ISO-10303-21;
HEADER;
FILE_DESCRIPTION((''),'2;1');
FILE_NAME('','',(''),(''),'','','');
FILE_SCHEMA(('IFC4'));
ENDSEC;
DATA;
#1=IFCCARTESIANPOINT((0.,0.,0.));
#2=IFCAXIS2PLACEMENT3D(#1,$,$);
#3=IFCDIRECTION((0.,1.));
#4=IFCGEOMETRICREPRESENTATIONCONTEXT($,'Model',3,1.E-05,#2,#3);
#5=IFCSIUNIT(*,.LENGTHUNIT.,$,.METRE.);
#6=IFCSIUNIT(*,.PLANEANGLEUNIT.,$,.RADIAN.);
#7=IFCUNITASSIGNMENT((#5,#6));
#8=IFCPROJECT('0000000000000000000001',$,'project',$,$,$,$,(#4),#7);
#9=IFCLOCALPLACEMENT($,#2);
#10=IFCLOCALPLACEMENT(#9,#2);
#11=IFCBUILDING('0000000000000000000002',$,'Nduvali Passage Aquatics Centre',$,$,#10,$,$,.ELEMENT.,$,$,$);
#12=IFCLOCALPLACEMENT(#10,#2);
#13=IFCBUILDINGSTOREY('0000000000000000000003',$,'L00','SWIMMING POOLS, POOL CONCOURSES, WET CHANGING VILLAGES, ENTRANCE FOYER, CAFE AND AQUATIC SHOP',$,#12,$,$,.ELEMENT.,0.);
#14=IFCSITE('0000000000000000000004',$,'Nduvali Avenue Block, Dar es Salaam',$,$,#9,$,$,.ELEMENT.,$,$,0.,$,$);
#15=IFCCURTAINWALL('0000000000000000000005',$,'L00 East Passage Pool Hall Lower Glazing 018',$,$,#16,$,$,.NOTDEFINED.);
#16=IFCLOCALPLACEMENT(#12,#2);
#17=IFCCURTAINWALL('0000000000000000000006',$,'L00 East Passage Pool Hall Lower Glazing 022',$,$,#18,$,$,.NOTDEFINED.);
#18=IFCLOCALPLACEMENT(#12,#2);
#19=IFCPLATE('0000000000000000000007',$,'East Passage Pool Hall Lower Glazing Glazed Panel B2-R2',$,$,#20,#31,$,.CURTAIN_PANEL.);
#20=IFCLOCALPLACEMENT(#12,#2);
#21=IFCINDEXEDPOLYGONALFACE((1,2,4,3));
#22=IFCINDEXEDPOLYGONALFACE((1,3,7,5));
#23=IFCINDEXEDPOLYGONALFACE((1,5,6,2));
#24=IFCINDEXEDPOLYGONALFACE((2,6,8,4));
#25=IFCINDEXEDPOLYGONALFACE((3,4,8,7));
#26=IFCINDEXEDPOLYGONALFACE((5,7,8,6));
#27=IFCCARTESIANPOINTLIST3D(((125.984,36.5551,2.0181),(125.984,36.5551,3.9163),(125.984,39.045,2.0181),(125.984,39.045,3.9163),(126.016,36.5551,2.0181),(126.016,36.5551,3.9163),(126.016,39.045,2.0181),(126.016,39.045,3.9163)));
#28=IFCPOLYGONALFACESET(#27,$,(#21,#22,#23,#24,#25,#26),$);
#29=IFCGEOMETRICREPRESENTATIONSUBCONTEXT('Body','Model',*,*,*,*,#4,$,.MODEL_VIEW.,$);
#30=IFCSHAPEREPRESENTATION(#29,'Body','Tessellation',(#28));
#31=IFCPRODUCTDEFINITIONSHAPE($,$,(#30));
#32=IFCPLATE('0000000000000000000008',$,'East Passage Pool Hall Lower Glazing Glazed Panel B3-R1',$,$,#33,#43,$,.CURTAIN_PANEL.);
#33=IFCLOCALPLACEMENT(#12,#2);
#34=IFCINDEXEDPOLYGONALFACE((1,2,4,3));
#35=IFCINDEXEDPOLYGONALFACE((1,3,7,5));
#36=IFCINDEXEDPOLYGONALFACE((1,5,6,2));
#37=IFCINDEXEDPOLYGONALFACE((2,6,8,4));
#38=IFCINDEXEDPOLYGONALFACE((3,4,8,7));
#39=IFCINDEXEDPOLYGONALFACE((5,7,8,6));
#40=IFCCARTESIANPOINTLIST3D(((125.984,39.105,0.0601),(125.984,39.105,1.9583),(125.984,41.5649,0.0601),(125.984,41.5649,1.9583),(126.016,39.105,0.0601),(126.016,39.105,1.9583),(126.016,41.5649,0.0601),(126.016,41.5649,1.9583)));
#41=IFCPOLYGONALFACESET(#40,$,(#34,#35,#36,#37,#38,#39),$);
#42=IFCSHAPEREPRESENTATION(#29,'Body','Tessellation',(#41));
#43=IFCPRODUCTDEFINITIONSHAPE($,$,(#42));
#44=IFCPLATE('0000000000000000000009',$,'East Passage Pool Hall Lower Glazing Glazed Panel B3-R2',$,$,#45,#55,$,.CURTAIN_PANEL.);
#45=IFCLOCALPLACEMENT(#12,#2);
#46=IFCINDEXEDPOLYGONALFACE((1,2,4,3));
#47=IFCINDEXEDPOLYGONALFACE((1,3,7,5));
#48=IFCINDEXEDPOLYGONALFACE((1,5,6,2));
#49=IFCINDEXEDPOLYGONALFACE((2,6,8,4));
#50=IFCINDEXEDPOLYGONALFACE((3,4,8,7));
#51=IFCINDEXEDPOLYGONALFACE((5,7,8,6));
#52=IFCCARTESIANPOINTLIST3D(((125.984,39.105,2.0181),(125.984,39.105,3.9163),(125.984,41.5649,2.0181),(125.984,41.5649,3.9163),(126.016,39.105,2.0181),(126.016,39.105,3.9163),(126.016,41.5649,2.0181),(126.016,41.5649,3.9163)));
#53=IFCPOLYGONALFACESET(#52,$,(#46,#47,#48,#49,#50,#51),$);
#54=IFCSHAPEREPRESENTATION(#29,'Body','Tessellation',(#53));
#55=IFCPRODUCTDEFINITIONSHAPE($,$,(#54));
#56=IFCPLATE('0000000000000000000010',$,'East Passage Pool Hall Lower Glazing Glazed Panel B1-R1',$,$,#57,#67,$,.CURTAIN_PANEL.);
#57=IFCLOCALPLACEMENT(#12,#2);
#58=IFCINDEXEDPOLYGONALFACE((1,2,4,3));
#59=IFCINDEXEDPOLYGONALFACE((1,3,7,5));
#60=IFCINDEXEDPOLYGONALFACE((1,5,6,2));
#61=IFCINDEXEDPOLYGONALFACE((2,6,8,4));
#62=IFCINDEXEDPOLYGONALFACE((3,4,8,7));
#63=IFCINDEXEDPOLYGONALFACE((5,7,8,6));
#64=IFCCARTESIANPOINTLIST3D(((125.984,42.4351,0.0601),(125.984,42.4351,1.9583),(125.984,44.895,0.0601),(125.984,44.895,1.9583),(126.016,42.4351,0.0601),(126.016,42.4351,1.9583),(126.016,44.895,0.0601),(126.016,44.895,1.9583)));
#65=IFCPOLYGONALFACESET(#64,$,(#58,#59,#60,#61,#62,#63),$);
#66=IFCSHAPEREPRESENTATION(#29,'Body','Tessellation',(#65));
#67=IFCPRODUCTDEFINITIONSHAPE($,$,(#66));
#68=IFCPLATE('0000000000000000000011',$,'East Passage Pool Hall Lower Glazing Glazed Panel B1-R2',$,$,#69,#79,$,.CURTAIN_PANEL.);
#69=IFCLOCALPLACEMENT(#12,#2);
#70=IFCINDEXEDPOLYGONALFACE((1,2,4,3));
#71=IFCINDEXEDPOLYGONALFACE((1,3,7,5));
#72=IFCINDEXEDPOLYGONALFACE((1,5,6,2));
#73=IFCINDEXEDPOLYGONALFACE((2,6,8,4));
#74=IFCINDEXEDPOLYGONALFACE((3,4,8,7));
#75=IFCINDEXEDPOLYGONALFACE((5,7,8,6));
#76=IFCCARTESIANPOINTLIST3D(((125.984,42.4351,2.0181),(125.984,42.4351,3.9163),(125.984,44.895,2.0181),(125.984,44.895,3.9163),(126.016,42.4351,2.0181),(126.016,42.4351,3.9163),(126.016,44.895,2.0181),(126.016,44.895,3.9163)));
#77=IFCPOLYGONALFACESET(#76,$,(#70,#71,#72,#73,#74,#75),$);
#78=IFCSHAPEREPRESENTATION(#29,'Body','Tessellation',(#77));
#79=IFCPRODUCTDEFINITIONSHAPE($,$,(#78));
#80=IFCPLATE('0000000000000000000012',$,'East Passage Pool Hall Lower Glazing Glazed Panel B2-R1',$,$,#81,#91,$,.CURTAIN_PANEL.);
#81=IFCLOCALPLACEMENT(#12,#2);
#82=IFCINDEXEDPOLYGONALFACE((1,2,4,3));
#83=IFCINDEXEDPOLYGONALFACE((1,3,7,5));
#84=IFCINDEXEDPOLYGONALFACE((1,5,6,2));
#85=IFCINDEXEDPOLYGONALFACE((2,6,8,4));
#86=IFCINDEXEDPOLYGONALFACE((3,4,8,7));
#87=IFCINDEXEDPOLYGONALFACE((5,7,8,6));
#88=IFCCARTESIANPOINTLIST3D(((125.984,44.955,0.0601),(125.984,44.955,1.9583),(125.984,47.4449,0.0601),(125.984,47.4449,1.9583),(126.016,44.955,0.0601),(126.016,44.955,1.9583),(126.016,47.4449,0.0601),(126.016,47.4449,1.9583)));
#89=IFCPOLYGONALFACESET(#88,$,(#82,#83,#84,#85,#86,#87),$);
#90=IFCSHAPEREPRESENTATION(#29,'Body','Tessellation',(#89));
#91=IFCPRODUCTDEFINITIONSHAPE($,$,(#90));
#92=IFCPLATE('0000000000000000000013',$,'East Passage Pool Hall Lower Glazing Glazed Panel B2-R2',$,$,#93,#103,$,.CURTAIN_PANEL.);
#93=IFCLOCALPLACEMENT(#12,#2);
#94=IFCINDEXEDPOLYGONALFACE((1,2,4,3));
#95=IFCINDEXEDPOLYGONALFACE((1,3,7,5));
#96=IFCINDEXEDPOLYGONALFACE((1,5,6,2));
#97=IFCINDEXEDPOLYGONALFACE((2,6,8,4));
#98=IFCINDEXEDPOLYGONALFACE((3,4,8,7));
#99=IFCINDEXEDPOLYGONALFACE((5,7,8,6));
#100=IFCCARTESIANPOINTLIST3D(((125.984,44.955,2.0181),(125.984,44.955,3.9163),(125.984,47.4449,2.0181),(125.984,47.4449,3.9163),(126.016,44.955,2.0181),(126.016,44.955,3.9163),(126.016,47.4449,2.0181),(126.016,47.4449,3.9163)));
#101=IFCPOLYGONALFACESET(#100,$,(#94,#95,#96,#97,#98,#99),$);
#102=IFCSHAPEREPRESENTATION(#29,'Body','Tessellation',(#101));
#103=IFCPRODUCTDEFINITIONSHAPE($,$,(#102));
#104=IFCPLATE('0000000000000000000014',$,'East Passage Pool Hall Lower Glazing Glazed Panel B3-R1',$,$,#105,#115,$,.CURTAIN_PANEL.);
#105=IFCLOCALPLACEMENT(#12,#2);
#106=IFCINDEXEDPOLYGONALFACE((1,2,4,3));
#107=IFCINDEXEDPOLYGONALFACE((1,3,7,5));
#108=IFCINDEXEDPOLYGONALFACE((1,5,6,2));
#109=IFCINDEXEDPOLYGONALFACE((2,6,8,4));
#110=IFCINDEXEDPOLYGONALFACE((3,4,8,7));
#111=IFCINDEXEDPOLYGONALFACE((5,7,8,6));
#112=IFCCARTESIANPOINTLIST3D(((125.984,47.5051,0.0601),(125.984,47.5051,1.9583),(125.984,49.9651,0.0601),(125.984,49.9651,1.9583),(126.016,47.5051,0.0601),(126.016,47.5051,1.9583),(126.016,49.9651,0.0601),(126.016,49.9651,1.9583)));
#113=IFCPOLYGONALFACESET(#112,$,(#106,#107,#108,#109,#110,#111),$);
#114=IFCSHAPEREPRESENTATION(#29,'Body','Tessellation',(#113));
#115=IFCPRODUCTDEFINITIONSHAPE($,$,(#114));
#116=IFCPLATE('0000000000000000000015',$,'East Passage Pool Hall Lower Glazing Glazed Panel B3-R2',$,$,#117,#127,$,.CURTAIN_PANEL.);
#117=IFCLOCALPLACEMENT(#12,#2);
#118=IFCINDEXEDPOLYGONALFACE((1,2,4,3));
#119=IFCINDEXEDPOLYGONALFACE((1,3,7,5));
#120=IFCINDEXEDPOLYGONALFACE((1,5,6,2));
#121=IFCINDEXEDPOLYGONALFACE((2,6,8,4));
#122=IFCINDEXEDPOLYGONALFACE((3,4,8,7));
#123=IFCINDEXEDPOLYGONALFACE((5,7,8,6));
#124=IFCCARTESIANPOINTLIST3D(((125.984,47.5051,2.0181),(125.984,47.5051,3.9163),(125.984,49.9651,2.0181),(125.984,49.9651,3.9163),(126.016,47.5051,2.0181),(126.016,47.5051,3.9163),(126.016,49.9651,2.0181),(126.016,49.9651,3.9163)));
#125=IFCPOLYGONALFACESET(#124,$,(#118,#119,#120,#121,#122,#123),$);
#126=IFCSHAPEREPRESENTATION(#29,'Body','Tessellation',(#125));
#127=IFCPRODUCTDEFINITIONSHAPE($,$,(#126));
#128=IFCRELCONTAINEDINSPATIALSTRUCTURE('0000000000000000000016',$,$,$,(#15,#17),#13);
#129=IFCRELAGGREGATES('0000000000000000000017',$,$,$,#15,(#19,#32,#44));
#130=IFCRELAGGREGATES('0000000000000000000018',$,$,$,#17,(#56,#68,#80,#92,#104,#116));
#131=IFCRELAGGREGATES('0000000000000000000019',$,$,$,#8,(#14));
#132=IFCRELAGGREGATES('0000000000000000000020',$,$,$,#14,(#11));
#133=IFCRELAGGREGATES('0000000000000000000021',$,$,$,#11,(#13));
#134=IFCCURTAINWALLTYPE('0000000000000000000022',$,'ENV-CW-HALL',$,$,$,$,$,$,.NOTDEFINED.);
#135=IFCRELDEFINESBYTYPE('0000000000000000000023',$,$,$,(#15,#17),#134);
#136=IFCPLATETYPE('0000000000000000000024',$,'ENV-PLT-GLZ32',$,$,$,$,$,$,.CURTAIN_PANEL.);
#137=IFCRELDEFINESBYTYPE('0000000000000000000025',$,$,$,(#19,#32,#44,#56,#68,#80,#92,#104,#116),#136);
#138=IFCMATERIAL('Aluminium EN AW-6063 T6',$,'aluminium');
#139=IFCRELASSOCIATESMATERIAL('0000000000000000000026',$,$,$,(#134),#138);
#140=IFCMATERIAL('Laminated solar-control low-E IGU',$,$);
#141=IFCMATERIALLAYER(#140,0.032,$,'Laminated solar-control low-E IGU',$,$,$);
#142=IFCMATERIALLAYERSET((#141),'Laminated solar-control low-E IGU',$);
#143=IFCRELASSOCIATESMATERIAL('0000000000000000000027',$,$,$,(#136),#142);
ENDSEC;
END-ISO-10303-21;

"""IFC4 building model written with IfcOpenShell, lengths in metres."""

from ifc_helpers import new_model, si_unit, direction, frame, origin, origin_2d, place, context, subcontext, project, spatial, rectangle, extrude, material, layer, layer_set, type_object, element, aggregate, save


model = new_model("IFC4")

# Units and contexts
model_context = context("Model", 3, precision=1e-05, world=origin(), true_north=direction((0.0, 1.0)))
body_context = subcontext(model_context, "Body", "Model", "MODEL_VIEW")
ifc_project = project(units=[si_unit("LENGTHUNIT", "METRE"), si_unit("PLANEANGLEUNIT", "RADIAN")], contexts=[model_context])

# Site, building, storey
site_placement = place(None, origin())
site = spatial("IfcSite", under=ifc_project, at=site_placement, Name="Nduvali Avenue Block, Dar es Salaam", CompositionType="ELEMENT", RefElevation=0.0)
building_placement = place(site_placement, origin())
building = spatial("IfcBuilding", under=site, at=building_placement, Name="Nduvali Passage Aquatics Centre", CompositionType="ELEMENT")
storey_placement = place(building_placement, origin())
storey = spatial("IfcBuildingStorey", under=building, at=storey_placement, Name="L00", Description="SWIMMING POOLS, POOL CONCOURSES, WET CHANGING VILLAGES, ENTRANCE FOYER, CAFE AND AQUATIC SHOP", CompositionType="ELEMENT", Elevation=0.0)

# Curtain walls
ifc_material_1 = material(Name="Aluminium EN AW-6063 T6", Category="aluminium")
curtain_wall_type = type_object("IfcCurtainWallType", Name="ENV-CW-HALL", PredefinedType="NOTDEFINED", material=ifc_material_1)
curtain_wall_1_placement = place(storey_placement, origin())
curtain_wall_1 = element("IfcCurtainWall", 1, at=curtain_wall_1_placement, inside=storey, type_object=curtain_wall_type, Name="L00 East Passage Pool Hall Lower Glazing 018", PredefinedType="NOTDEFINED")
curtain_wall_2_placement = place(storey_placement, origin())
curtain_wall_2 = element("IfcCurtainWall", 2, at=curtain_wall_2_placement, inside=storey, type_object=curtain_wall_type, Name="L00 East Passage Pool Hall Lower Glazing 022", PredefinedType="NOTDEFINED")

# Plates
ifc_material_2 = material(Name="Laminated solar-control low-E IGU")
ifc_layer = layer(ifc_material_2, 0.032, Name="Laminated solar-control low-E IGU")
ifc_layer_set = layer_set([ifc_layer], Name="Laminated solar-control low-E IGU")
plate_type = type_object("IfcPlateType", Name="ENV-PLT-GLZ32", PredefinedType="CURTAIN_PANEL", material=ifc_layer_set)
plate_1_placement = place(storey_placement, frame((126.0, 37.8, 2.0181), z_axis=(0.0, 0.0, 1.0), x_axis=(0.0, 1.0, 0.0)))
plate_1 = element("IfcPlate", 3, at=plate_1_placement, type_object=plate_type, Name="East Passage Pool Hall Lower Glazing Glazed Panel B2-R2", PredefinedType="CURTAIN_PANEL", context=body_context, shape_type="SweptSolid", body=[
    extrude(rectangle(XDim=2.49, YDim=0.032, at=origin_2d()), origin(), (0.0, 0.0, 1.0), 1.8982),
])
plate_2_placement = place(storey_placement, frame((126.0, 40.335, 0.0601), z_axis=(0.0, 0.0, 1.0), x_axis=(0.0, 1.0, 0.0)))
plate_2 = element("IfcPlate", 4, at=plate_2_placement, type_object=plate_type, Name="East Passage Pool Hall Lower Glazing Glazed Panel B3-R1", PredefinedType="CURTAIN_PANEL", context=body_context, shape_type="SweptSolid", body=[
    extrude(rectangle(XDim=2.46, YDim=0.032, at=origin_2d()), origin(), (0.0, 0.0, 1.0), 1.8982),
])
plate_3_placement = place(storey_placement, frame((126.0, 40.335, 2.0181), z_axis=(0.0, 0.0, 1.0), x_axis=(0.0, 1.0, 0.0)))
plate_3 = element("IfcPlate", 5, at=plate_3_placement, type_object=plate_type, Name="East Passage Pool Hall Lower Glazing Glazed Panel B3-R2", PredefinedType="CURTAIN_PANEL", context=body_context, shape_type="SweptSolid", body=[
    extrude(rectangle(XDim=2.46, YDim=0.032, at=origin_2d()), origin(), (0.0, 0.0, 1.0), 1.8982),
])
aggregate(curtain_wall_1, [plate_1, plate_2, plate_3])
plate_4_placement = place(storey_placement, frame((126.0, 43.665, 0.0601), z_axis=(0.0, 0.0, 1.0), x_axis=(0.0, 1.0, 0.0)))
plate_4 = element("IfcPlate", 6, at=plate_4_placement, type_object=plate_type, Name="East Passage Pool Hall Lower Glazing Glazed Panel B1-R1", PredefinedType="CURTAIN_PANEL", context=body_context, shape_type="SweptSolid", body=[
    extrude(rectangle(XDim=2.46, YDim=0.032, at=origin_2d()), origin(), (0.0, 0.0, 1.0), 1.8982),
])
plate_5_placement = place(storey_placement, frame((126.0, 43.665, 2.0181), z_axis=(0.0, 0.0, 1.0), x_axis=(0.0, 1.0, 0.0)))
plate_5 = element("IfcPlate", 7, at=plate_5_placement, type_object=plate_type, Name="East Passage Pool Hall Lower Glazing Glazed Panel B1-R2", PredefinedType="CURTAIN_PANEL", context=body_context, shape_type="SweptSolid", body=[
    extrude(rectangle(XDim=2.46, YDim=0.032, at=origin_2d()), origin(), (0.0, 0.0, 1.0), 1.8982),
])
plate_6_placement = place(storey_placement, frame((126.0, 46.2, 0.0601), z_axis=(0.0, 0.0, 1.0), x_axis=(0.0, 1.0, 0.0)))
plate_6 = element("IfcPlate", 8, at=plate_6_placement, type_object=plate_type, Name="East Passage Pool Hall Lower Glazing Glazed Panel B2-R1", PredefinedType="CURTAIN_PANEL", context=body_context, shape_type="SweptSolid", body=[
    extrude(rectangle(XDim=2.49, YDim=0.032, at=origin_2d()), origin(), (0.0, 0.0, 1.0), 1.8982),
])
plate_7_placement = place(storey_placement, frame((126.0, 46.2, 2.0181), z_axis=(0.0, 0.0, 1.0), x_axis=(0.0, 1.0, 0.0)))
plate_7 = element("IfcPlate", 9, at=plate_7_placement, type_object=plate_type, Name="East Passage Pool Hall Lower Glazing Glazed Panel B2-R2", PredefinedType="CURTAIN_PANEL", context=body_context, shape_type="SweptSolid", body=[
    extrude(rectangle(XDim=2.49, YDim=0.032, at=origin_2d()), origin(), (0.0, 0.0, 1.0), 1.8982),
])
plate_8_placement = place(storey_placement, frame((126.0, 48.7351, 0.0601), z_axis=(0.0, 0.0, 1.0), x_axis=(0.0, 1.0, 0.0)))
plate_8 = element("IfcPlate", 10, at=plate_8_placement, type_object=plate_type, Name="East Passage Pool Hall Lower Glazing Glazed Panel B3-R1", PredefinedType="CURTAIN_PANEL", context=body_context, shape_type="SweptSolid", body=[
    extrude(rectangle(XDim=2.46, YDim=0.032, at=origin_2d()), origin(), (0.0, 0.0, 1.0), 1.8982),
])
plate_9_placement = place(storey_placement, frame((126.0, 48.7351, 2.0181), z_axis=(0.0, 0.0, 1.0), x_axis=(0.0, 1.0, 0.0)))
plate_9 = element("IfcPlate", 11, at=plate_9_placement, type_object=plate_type, Name="East Passage Pool Hall Lower Glazing Glazed Panel B3-R2", PredefinedType="CURTAIN_PANEL", context=body_context, shape_type="SweptSolid", body=[
    extrude(rectangle(XDim=2.46, YDim=0.032, at=origin_2d()), origin(), (0.0, 0.0, 1.0), 1.8982),
])
aggregate(curtain_wall_2, [plate_4, plate_5, plate_6, plate_7, plate_8, plate_9])

save(model, "model.ifc")
